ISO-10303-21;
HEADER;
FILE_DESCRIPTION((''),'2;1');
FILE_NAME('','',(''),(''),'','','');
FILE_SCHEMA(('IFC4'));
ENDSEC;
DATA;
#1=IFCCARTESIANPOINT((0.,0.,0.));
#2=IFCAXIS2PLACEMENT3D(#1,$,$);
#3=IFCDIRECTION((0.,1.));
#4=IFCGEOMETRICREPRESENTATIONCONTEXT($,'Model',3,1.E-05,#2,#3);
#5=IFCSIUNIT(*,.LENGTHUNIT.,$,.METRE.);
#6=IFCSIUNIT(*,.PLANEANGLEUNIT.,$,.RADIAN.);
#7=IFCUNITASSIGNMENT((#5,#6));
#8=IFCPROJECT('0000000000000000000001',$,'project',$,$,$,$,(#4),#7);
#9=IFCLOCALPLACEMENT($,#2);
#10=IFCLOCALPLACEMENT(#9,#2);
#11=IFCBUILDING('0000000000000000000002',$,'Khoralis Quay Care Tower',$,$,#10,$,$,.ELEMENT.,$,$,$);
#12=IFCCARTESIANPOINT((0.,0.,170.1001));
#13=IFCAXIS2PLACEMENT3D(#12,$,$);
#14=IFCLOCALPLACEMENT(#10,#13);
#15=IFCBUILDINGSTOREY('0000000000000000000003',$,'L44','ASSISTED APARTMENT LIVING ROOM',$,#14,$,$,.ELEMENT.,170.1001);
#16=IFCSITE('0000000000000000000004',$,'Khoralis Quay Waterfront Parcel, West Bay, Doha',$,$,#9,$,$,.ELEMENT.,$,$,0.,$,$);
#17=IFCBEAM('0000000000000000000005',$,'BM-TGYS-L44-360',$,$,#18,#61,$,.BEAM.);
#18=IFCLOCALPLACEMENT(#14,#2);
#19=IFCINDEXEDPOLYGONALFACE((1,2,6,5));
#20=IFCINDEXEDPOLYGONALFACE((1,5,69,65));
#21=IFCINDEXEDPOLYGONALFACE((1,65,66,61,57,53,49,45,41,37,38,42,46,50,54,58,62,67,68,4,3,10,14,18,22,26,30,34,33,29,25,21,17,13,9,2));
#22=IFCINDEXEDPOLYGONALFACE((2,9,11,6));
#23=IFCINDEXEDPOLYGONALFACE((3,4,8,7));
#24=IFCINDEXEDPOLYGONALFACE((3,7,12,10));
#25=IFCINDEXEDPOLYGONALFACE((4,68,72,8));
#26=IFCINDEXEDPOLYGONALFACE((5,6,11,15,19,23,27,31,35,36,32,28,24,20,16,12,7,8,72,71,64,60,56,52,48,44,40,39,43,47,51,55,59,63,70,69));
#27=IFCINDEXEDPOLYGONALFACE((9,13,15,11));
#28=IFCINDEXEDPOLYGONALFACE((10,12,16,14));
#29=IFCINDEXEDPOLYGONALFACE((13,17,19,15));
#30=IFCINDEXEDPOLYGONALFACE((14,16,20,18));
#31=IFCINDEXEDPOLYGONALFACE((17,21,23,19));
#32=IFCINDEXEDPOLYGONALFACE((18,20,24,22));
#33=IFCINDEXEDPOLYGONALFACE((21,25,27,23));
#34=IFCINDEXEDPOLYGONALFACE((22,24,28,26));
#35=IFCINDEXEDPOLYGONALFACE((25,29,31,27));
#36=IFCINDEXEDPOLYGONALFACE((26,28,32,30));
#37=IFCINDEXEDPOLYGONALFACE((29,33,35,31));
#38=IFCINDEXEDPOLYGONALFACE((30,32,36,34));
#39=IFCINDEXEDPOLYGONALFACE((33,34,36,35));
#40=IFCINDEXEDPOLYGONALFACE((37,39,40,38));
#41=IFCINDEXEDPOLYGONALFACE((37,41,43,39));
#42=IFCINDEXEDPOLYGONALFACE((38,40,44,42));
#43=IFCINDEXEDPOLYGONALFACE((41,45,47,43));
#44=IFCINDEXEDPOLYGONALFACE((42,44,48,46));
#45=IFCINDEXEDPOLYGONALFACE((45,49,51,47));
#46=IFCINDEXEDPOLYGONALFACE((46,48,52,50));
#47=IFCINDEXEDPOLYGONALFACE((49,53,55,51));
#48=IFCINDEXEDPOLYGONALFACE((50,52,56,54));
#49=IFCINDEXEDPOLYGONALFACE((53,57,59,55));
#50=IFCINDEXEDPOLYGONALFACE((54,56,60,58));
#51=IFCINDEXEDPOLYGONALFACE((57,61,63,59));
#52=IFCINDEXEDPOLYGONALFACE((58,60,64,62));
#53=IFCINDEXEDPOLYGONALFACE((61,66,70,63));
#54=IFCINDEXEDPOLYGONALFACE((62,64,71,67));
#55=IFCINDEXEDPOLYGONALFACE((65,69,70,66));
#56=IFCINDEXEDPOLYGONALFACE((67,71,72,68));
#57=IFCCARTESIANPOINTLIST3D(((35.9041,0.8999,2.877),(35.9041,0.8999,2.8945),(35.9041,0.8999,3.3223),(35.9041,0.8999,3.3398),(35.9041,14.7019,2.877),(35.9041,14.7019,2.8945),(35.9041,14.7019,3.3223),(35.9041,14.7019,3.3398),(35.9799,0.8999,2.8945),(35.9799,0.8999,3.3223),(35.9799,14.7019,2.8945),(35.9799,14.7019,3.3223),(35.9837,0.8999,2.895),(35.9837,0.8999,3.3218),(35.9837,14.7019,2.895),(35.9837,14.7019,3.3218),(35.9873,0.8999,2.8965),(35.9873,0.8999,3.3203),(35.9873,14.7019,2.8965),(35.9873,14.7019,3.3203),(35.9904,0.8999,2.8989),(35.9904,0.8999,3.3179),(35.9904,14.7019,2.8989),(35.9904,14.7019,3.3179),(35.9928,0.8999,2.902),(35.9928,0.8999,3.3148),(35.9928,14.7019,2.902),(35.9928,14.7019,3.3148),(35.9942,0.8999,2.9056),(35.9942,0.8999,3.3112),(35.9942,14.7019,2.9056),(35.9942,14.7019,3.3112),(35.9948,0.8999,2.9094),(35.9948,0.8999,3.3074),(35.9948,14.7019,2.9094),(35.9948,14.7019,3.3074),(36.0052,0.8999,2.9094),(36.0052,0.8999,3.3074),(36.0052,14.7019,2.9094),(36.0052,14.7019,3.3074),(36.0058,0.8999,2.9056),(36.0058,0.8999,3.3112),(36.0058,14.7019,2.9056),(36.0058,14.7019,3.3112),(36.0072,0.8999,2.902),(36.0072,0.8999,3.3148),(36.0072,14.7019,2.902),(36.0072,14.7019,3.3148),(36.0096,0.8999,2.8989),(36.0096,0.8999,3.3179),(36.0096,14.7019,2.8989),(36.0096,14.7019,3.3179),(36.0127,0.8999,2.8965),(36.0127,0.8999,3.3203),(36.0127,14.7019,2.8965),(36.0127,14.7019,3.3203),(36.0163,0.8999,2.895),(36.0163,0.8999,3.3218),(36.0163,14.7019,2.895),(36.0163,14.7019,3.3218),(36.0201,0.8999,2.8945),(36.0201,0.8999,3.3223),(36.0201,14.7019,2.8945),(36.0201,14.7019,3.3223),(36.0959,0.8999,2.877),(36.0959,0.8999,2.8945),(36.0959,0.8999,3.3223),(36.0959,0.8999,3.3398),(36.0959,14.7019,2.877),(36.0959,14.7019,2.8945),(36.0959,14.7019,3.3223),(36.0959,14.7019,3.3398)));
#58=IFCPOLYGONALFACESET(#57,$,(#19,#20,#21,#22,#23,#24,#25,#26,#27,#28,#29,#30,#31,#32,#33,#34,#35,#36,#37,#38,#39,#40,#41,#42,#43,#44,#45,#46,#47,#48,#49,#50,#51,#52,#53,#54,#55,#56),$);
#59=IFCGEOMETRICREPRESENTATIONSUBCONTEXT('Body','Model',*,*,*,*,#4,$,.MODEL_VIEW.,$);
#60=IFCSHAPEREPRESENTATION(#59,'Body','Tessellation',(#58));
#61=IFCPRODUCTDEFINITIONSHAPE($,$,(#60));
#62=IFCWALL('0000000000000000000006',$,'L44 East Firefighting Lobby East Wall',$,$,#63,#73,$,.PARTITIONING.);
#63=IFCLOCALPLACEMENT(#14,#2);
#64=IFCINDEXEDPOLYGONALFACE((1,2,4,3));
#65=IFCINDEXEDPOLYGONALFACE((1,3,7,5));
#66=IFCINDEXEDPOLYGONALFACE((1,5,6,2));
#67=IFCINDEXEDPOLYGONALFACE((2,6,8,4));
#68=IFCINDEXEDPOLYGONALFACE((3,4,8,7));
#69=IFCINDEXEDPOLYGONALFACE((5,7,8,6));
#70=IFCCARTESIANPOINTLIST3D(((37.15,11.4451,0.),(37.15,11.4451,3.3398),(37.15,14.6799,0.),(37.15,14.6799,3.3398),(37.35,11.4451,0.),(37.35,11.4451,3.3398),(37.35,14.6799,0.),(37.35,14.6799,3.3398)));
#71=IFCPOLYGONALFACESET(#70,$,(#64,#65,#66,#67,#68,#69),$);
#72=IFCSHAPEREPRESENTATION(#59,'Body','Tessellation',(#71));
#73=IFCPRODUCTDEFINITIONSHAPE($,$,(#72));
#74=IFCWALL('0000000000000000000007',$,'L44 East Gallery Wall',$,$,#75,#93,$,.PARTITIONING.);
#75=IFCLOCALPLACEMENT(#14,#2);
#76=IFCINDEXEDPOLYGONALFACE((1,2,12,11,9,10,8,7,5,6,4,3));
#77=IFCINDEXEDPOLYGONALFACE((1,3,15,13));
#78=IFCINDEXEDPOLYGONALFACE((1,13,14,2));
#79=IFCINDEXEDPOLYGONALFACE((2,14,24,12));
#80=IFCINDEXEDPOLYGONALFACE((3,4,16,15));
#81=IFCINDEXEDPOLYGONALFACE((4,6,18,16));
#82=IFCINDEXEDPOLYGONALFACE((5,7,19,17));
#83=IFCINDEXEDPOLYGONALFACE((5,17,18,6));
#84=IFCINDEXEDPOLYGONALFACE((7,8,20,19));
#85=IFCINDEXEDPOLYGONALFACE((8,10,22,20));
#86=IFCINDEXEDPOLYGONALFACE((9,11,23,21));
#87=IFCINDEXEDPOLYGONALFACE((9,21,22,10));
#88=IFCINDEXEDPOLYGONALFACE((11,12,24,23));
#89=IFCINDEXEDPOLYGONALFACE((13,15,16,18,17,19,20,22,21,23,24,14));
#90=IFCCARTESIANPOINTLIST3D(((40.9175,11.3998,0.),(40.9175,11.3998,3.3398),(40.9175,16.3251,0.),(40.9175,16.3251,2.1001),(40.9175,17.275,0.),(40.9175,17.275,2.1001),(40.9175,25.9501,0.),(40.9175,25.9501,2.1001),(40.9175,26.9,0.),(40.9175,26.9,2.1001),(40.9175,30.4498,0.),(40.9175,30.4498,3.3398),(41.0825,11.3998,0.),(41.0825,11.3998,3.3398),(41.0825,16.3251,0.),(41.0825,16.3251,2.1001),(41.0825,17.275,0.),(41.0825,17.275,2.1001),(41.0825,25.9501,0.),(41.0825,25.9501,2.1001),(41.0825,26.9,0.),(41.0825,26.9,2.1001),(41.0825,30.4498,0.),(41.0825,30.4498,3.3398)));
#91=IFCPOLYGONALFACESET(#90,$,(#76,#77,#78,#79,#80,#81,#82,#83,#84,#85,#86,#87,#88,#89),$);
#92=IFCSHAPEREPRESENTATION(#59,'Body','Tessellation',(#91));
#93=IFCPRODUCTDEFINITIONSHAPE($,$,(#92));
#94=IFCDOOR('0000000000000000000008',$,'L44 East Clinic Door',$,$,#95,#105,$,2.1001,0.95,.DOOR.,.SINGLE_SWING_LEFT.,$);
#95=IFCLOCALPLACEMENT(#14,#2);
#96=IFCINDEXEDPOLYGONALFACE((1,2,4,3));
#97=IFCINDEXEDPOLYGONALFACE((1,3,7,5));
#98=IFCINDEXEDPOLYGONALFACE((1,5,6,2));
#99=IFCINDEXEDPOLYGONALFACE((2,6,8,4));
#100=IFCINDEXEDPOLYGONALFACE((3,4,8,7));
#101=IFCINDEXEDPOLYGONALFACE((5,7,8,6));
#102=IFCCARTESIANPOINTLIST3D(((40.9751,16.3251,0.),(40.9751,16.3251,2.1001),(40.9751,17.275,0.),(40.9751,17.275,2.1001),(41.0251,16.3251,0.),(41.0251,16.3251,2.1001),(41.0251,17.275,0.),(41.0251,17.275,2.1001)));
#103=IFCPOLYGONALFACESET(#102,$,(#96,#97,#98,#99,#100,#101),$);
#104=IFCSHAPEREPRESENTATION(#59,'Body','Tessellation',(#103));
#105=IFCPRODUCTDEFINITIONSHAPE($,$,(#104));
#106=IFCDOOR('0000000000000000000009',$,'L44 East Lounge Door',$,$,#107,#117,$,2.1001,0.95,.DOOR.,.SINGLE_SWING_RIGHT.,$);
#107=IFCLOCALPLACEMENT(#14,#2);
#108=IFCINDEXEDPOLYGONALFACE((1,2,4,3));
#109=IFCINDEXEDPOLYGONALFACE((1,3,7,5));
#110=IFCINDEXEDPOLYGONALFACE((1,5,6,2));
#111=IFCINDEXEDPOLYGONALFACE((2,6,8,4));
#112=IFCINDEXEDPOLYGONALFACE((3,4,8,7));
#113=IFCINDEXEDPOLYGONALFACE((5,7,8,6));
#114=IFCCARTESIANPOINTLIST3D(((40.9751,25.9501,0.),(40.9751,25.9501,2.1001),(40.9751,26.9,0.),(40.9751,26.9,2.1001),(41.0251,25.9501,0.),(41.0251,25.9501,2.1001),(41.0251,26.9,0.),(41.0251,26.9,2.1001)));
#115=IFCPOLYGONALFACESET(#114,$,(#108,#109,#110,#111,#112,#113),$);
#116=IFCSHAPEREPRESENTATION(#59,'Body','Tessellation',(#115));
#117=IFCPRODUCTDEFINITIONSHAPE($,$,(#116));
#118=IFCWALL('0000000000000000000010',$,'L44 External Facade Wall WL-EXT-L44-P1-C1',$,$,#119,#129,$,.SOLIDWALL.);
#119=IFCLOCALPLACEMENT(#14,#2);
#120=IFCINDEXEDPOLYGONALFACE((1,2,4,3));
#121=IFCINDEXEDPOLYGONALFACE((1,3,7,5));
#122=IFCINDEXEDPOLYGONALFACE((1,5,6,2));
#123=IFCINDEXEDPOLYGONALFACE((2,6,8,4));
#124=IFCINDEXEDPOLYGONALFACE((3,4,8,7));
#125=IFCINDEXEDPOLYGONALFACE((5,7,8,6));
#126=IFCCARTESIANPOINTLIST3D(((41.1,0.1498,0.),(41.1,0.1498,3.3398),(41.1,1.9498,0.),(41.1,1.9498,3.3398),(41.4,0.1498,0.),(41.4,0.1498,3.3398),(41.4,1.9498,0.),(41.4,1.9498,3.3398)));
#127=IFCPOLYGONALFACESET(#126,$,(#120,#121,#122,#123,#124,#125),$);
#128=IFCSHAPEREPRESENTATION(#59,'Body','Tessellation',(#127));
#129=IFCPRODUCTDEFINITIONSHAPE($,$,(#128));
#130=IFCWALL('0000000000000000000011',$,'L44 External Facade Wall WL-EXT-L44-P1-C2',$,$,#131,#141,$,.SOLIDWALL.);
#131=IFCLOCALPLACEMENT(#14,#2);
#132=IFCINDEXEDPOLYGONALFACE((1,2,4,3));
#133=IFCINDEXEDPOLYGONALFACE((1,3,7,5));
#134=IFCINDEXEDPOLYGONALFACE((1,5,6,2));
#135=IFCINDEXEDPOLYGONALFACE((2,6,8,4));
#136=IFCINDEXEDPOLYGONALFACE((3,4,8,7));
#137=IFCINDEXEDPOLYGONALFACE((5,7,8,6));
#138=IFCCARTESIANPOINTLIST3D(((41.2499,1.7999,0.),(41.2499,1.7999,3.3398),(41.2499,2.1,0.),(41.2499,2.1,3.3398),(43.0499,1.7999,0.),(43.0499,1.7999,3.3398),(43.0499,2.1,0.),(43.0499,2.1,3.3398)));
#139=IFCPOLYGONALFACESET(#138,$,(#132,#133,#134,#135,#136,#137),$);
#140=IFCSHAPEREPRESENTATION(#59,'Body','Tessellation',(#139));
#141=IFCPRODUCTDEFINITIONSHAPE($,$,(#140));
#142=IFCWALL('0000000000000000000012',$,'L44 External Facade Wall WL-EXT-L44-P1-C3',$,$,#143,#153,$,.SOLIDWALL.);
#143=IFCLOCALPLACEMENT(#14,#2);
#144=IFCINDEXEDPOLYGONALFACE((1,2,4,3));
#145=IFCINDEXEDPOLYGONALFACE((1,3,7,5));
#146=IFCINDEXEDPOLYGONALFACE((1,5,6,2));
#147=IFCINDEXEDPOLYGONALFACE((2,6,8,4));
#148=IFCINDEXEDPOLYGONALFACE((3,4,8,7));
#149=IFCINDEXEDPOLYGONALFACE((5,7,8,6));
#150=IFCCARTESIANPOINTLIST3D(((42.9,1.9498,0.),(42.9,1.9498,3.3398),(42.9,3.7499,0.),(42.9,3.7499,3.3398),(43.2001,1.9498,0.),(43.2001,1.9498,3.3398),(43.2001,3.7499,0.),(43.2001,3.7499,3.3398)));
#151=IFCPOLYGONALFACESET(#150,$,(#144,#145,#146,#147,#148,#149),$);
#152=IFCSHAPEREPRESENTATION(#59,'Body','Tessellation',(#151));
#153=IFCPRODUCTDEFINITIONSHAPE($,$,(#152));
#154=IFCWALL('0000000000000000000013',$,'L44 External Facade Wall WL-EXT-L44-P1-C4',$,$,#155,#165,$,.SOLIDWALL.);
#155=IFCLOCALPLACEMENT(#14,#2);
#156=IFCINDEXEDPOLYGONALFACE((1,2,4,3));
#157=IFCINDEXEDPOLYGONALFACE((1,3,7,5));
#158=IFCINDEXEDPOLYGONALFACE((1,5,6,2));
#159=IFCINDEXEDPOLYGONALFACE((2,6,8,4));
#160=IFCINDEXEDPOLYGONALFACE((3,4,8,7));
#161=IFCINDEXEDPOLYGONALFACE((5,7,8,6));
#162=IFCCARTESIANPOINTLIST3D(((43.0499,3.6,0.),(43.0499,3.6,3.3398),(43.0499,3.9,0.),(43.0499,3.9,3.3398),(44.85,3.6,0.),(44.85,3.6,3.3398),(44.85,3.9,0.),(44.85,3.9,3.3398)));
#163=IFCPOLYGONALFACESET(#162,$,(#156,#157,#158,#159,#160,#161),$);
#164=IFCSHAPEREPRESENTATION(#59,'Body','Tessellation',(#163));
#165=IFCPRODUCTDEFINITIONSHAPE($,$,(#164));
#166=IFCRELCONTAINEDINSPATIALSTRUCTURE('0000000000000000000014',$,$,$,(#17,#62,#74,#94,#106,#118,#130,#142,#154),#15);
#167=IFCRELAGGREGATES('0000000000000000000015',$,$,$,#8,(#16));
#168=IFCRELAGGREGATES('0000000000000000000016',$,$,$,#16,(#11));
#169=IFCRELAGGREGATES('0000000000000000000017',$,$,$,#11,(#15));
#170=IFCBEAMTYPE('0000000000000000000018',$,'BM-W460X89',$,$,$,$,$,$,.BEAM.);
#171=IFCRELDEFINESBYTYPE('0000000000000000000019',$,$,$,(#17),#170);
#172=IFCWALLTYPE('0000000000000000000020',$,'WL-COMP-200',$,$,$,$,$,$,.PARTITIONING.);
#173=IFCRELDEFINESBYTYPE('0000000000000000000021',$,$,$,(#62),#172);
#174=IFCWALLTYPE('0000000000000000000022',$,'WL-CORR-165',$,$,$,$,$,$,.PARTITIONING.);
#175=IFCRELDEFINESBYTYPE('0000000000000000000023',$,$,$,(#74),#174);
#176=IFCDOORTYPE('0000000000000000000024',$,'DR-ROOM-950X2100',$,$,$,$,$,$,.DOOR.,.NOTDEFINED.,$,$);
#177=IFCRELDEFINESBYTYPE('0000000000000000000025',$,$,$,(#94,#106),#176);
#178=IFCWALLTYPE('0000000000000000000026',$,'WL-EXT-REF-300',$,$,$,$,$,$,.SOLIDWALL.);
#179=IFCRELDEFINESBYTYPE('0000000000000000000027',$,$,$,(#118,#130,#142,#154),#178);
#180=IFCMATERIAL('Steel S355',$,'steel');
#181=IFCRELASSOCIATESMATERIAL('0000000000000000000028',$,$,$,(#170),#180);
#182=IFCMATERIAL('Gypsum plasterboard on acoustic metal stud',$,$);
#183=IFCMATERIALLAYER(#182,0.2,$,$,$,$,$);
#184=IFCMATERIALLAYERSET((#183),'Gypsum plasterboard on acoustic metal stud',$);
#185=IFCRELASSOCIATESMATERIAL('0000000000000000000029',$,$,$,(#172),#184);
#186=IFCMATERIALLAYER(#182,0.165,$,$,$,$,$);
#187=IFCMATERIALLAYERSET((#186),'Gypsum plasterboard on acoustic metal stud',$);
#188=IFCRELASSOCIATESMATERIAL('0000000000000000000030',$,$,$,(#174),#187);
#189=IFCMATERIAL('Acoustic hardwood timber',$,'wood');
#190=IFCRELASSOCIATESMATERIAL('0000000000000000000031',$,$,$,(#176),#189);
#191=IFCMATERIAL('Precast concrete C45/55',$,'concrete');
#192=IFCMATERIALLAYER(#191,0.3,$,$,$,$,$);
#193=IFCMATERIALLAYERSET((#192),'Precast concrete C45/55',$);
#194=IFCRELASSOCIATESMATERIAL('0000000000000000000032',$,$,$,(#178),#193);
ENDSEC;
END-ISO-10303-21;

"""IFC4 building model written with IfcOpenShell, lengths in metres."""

from ifc_helpers import new_model, si_unit, direction, frame, frame_2d, origin, origin_2d, place, context, subcontext, project, spatial, rectangle, i_section, extrude, source, transform, mapped, material, layer, layer_set, material_profile, profile_set, type_object, element, fill, save


model = new_model("IFC4")

# Units and contexts
model_context = context("Model", 3, precision=1e-05, world=origin(), true_north=direction((0.0, 1.0)))
body_context = subcontext(model_context, "Body", "Model", "MODEL_VIEW")
ifc_project = project(units=[si_unit("LENGTHUNIT", "METRE"), si_unit("PLANEANGLEUNIT", "RADIAN")], contexts=[model_context])

# Site, building, storey
site_placement = place(None, origin())
site = spatial("IfcSite", under=ifc_project, at=site_placement, Name="Khoralis Quay Waterfront Parcel, West Bay, Doha", CompositionType="ELEMENT", RefElevation=0.0)
building_placement = place(site_placement, origin())
building = spatial("IfcBuilding", under=site, at=building_placement, Name="Khoralis Quay Care Tower", CompositionType="ELEMENT")
storey_placement = place(building_placement, frame((0.0, 0.0, 170.1001)))
storey = spatial("IfcBuildingStorey", under=building, at=storey_placement, Name="L44", Description="ASSISTED APARTMENT LIVING ROOM", CompositionType="ELEMENT", Elevation=170.1001)

# Beam
ifc_material_1 = material(Name="Steel S355", Category="steel")
ifc_material_profile_1 = material_profile(ifc_material_1, i_section(OverallWidth=0.1919, OverallDepth=0.4629, WebThickness=0.0105, FlangeThickness=0.0176, FilletRadius=0.0149, at=origin_2d()), Name="Steel S355")
ifc_profile_set_1 = profile_set([ifc_material_profile_1], Name="Steel S355")
beam_type_1 = type_object("IfcBeamType", Name="BM-W460X89", PredefinedType="BEAM", material=ifc_profile_set_1)
shared_shape_1 = source(origin(), body_context, "Body", "SweptSolid", [
    extrude(i_section(OverallWidth=0.1919, OverallDepth=0.4629, WebThickness=0.0105, FlangeThickness=0.0176, FilletRadius=0.0149, at=origin_2d()), origin(), (0.0, 0.0, 1.0), 13.802),
])
beam_1_placement = place(storey_placement, frame((36.0, 0.8999, 3.1084), z_axis=(0.0, 1.0, 0.0), x_axis=(-1.0, 0.0, 0.0)))
element("IfcBeam", 1, at=beam_1_placement, inside=storey, type_object=beam_type_1, Name="BM-TGYS-L44-360", PredefinedType="BEAM", context=body_context, shape_type="MappedRepresentation", body=[
    mapped(shared_shape_1, transform((0.0, 0.0, 0.0), scale=1.0)),
])

# Wall
ifc_material_2 = material(Name="Gypsum plasterboard on acoustic metal stud")
ifc_layer_1 = layer(ifc_material_2, 0.2)
ifc_layer_set_1 = layer_set([ifc_layer_1], Name="Gypsum plasterboard on acoustic metal stud")
wall_type_1 = type_object("IfcWallType", Name="WL-COMP-200", PredefinedType="PARTITIONING", material=ifc_layer_set_1)
wall_1_placement = place(storey_placement, frame((37.25, 11.4451, 0.0), z_axis=(0.0, 0.0, 1.0), x_axis=(0.0, 1.0, 0.0)))
element("IfcWall", 2, at=wall_1_placement, inside=storey, type_object=wall_type_1, Name="L44 East Firefighting Lobby East Wall", PredefinedType="PARTITIONING", context=body_context, shape_type="SweptSolid", body=[
    extrude(rectangle(XDim=3.2349, YDim=0.2, at=frame_2d((1.6174, 0.0))), origin(), (0.0, 0.0, 1.0), 3.3398),
])

# Wall, openings, doors
ifc_layer_2 = layer(ifc_material_2, 0.165)
ifc_layer_set_2 = layer_set([ifc_layer_2], Name="Gypsum plasterboard on acoustic metal stud")
wall_type_2 = type_object("IfcWallType", Name="WL-CORR-165", PredefinedType="PARTITIONING", material=ifc_layer_set_2)
wall_2_placement = place(storey_placement, frame((41.0, 11.3999, 0.0), z_axis=(0.0, 0.0, 1.0), x_axis=(0.0, 1.0, 0.0)))
wall_2 = element("IfcWall", 3, at=wall_2_placement, inside=storey, type_object=wall_type_2, Name="L44 East Gallery Wall", PredefinedType="PARTITIONING", context=body_context, shape_type="SweptSolid", body=[
    extrude(rectangle(XDim=19.05, YDim=0.165, at=frame_2d((9.5249, 0.0))), origin(), (0.0, 0.0, 1.0), 3.3398),
])
opening_1_placement = place(wall_2_placement, frame((4.925, 0.0, 0.0)))
opening_1 = element("IfcOpeningElement", 4, at=opening_1_placement, cuts=wall_2, PredefinedType="OPENING", context=body_context, shape_type="SweptSolid", body=[
    extrude(rectangle(XDim=0.95, YDim=2.1001, at=frame_2d((0.4751, 1.05))), frame((0.0, 0.0925, 0.0), z_axis=(0.0, -1.0, 0.0), x_axis=(1.0, 0.0, 0.0)), (0.0, 0.0, 1.0), 0.1851),
])
opening_2_placement = place(wall_2_placement, frame((14.55, 0.0, 0.0)))
opening_2 = element("IfcOpeningElement", 5, at=opening_2_placement, cuts=wall_2, PredefinedType="OPENING", context=body_context, shape_type="SweptSolid", body=[
    extrude(rectangle(XDim=0.95, YDim=2.1001, at=frame_2d((0.4751, 1.05))), frame((0.0, 0.0925, 0.0), z_axis=(0.0, -1.0, 0.0), x_axis=(1.0, 0.0, 0.0)), (0.0, 0.0, 1.0), 0.1851),
])
ifc_material_3 = material(Name="Acoustic hardwood timber", Category="wood")
door_type = type_object("IfcDoorType", Name="DR-ROOM-950X2100", OperationType="NOTDEFINED", PredefinedType="DOOR", material=ifc_material_3)
shared_shape_2 = source(origin(), body_context, "Body", "SweptSolid", [
    extrude(rectangle(XDim=0.95, YDim=2.1001, at=frame_2d((0.4751, 1.05))), frame((0.0, 0.0249, 0.0), z_axis=(0.0, -1.0, 0.0), x_axis=(1.0, 0.0, 0.0)), (0.0, 0.0, 1.0), 0.05),
])
door_1_placement = place(opening_1_placement, origin())
door_1 = element("IfcDoor", 6, at=door_1_placement, inside=storey, type_object=door_type, Name="L44 East Clinic Door", OperationType="SINGLE_SWING_LEFT", OverallHeight=2.1001, OverallWidth=0.95, PredefinedType="DOOR", context=body_context, shape_type="MappedRepresentation", body=[
    mapped(shared_shape_2, transform((0.0, 0.0, 0.0), scale=1.0)),
])
fill(opening_1, door_1)
door_2_placement = place(opening_2_placement, origin())
door_2 = element("IfcDoor", 7, at=door_2_placement, inside=storey, type_object=door_type, Name="L44 East Lounge Door", OperationType="SINGLE_SWING_RIGHT", OverallHeight=2.1001, OverallWidth=0.95, PredefinedType="DOOR", context=body_context, shape_type="MappedRepresentation", body=[
    mapped(shared_shape_2, transform((0.0, 0.0, 0.0), scale=1.0)),
])
fill(opening_2, door_2)

# Walls
ifc_material_4 = material(Name="Precast concrete C45/55", Category="concrete")
ifc_layer_3 = layer(ifc_material_4, 0.3)
ifc_layer_set_3 = layer_set([ifc_layer_3], Name="Precast concrete C45/55")
wall_type_3 = type_object("IfcWallType", Name="WL-EXT-REF-300", PredefinedType="SOLIDWALL", material=ifc_layer_set_3)
for number, where, z_axis, x_axis, name in (
    (8, (41.25, 0.1499, 0.0), (0.0, 0.0, 1.0), (0.0, 1.0, 0.0), "L44 External Facade Wall WL-EXT-L44-P1-C1"),
    (9, (41.25, 1.95, 0.0), (0.0, 0.0, 1.0), (1.0, 0.0, 0.0), "L44 External Facade Wall WL-EXT-L44-P1-C2"),
    (10, (43.05, 1.95, 0.0), (0.0, 0.0, 1.0), (0.0, 1.0, 0.0), "L44 External Facade Wall WL-EXT-L44-P1-C3"),
    (11, (43.05, 3.75, 0.0), (0.0, 0.0, 1.0), (1.0, 0.0, 0.0), "L44 External Facade Wall WL-EXT-L44-P1-C4"),
):
    element("IfcWall", number, at=place(storey_placement, frame(where, z_axis=z_axis, x_axis=x_axis)), inside=storey, type_object=wall_type_3, Name=name, PredefinedType="SOLIDWALL", context=body_context, shape_type="SweptSolid", body=[
        extrude(rectangle(XDim=1.8, YDim=0.3, at=frame_2d((0.8999, 0.0))), origin(), (0.0, 0.0, 1.0), 3.3398),
    ])

save(model, "model.ifc")
